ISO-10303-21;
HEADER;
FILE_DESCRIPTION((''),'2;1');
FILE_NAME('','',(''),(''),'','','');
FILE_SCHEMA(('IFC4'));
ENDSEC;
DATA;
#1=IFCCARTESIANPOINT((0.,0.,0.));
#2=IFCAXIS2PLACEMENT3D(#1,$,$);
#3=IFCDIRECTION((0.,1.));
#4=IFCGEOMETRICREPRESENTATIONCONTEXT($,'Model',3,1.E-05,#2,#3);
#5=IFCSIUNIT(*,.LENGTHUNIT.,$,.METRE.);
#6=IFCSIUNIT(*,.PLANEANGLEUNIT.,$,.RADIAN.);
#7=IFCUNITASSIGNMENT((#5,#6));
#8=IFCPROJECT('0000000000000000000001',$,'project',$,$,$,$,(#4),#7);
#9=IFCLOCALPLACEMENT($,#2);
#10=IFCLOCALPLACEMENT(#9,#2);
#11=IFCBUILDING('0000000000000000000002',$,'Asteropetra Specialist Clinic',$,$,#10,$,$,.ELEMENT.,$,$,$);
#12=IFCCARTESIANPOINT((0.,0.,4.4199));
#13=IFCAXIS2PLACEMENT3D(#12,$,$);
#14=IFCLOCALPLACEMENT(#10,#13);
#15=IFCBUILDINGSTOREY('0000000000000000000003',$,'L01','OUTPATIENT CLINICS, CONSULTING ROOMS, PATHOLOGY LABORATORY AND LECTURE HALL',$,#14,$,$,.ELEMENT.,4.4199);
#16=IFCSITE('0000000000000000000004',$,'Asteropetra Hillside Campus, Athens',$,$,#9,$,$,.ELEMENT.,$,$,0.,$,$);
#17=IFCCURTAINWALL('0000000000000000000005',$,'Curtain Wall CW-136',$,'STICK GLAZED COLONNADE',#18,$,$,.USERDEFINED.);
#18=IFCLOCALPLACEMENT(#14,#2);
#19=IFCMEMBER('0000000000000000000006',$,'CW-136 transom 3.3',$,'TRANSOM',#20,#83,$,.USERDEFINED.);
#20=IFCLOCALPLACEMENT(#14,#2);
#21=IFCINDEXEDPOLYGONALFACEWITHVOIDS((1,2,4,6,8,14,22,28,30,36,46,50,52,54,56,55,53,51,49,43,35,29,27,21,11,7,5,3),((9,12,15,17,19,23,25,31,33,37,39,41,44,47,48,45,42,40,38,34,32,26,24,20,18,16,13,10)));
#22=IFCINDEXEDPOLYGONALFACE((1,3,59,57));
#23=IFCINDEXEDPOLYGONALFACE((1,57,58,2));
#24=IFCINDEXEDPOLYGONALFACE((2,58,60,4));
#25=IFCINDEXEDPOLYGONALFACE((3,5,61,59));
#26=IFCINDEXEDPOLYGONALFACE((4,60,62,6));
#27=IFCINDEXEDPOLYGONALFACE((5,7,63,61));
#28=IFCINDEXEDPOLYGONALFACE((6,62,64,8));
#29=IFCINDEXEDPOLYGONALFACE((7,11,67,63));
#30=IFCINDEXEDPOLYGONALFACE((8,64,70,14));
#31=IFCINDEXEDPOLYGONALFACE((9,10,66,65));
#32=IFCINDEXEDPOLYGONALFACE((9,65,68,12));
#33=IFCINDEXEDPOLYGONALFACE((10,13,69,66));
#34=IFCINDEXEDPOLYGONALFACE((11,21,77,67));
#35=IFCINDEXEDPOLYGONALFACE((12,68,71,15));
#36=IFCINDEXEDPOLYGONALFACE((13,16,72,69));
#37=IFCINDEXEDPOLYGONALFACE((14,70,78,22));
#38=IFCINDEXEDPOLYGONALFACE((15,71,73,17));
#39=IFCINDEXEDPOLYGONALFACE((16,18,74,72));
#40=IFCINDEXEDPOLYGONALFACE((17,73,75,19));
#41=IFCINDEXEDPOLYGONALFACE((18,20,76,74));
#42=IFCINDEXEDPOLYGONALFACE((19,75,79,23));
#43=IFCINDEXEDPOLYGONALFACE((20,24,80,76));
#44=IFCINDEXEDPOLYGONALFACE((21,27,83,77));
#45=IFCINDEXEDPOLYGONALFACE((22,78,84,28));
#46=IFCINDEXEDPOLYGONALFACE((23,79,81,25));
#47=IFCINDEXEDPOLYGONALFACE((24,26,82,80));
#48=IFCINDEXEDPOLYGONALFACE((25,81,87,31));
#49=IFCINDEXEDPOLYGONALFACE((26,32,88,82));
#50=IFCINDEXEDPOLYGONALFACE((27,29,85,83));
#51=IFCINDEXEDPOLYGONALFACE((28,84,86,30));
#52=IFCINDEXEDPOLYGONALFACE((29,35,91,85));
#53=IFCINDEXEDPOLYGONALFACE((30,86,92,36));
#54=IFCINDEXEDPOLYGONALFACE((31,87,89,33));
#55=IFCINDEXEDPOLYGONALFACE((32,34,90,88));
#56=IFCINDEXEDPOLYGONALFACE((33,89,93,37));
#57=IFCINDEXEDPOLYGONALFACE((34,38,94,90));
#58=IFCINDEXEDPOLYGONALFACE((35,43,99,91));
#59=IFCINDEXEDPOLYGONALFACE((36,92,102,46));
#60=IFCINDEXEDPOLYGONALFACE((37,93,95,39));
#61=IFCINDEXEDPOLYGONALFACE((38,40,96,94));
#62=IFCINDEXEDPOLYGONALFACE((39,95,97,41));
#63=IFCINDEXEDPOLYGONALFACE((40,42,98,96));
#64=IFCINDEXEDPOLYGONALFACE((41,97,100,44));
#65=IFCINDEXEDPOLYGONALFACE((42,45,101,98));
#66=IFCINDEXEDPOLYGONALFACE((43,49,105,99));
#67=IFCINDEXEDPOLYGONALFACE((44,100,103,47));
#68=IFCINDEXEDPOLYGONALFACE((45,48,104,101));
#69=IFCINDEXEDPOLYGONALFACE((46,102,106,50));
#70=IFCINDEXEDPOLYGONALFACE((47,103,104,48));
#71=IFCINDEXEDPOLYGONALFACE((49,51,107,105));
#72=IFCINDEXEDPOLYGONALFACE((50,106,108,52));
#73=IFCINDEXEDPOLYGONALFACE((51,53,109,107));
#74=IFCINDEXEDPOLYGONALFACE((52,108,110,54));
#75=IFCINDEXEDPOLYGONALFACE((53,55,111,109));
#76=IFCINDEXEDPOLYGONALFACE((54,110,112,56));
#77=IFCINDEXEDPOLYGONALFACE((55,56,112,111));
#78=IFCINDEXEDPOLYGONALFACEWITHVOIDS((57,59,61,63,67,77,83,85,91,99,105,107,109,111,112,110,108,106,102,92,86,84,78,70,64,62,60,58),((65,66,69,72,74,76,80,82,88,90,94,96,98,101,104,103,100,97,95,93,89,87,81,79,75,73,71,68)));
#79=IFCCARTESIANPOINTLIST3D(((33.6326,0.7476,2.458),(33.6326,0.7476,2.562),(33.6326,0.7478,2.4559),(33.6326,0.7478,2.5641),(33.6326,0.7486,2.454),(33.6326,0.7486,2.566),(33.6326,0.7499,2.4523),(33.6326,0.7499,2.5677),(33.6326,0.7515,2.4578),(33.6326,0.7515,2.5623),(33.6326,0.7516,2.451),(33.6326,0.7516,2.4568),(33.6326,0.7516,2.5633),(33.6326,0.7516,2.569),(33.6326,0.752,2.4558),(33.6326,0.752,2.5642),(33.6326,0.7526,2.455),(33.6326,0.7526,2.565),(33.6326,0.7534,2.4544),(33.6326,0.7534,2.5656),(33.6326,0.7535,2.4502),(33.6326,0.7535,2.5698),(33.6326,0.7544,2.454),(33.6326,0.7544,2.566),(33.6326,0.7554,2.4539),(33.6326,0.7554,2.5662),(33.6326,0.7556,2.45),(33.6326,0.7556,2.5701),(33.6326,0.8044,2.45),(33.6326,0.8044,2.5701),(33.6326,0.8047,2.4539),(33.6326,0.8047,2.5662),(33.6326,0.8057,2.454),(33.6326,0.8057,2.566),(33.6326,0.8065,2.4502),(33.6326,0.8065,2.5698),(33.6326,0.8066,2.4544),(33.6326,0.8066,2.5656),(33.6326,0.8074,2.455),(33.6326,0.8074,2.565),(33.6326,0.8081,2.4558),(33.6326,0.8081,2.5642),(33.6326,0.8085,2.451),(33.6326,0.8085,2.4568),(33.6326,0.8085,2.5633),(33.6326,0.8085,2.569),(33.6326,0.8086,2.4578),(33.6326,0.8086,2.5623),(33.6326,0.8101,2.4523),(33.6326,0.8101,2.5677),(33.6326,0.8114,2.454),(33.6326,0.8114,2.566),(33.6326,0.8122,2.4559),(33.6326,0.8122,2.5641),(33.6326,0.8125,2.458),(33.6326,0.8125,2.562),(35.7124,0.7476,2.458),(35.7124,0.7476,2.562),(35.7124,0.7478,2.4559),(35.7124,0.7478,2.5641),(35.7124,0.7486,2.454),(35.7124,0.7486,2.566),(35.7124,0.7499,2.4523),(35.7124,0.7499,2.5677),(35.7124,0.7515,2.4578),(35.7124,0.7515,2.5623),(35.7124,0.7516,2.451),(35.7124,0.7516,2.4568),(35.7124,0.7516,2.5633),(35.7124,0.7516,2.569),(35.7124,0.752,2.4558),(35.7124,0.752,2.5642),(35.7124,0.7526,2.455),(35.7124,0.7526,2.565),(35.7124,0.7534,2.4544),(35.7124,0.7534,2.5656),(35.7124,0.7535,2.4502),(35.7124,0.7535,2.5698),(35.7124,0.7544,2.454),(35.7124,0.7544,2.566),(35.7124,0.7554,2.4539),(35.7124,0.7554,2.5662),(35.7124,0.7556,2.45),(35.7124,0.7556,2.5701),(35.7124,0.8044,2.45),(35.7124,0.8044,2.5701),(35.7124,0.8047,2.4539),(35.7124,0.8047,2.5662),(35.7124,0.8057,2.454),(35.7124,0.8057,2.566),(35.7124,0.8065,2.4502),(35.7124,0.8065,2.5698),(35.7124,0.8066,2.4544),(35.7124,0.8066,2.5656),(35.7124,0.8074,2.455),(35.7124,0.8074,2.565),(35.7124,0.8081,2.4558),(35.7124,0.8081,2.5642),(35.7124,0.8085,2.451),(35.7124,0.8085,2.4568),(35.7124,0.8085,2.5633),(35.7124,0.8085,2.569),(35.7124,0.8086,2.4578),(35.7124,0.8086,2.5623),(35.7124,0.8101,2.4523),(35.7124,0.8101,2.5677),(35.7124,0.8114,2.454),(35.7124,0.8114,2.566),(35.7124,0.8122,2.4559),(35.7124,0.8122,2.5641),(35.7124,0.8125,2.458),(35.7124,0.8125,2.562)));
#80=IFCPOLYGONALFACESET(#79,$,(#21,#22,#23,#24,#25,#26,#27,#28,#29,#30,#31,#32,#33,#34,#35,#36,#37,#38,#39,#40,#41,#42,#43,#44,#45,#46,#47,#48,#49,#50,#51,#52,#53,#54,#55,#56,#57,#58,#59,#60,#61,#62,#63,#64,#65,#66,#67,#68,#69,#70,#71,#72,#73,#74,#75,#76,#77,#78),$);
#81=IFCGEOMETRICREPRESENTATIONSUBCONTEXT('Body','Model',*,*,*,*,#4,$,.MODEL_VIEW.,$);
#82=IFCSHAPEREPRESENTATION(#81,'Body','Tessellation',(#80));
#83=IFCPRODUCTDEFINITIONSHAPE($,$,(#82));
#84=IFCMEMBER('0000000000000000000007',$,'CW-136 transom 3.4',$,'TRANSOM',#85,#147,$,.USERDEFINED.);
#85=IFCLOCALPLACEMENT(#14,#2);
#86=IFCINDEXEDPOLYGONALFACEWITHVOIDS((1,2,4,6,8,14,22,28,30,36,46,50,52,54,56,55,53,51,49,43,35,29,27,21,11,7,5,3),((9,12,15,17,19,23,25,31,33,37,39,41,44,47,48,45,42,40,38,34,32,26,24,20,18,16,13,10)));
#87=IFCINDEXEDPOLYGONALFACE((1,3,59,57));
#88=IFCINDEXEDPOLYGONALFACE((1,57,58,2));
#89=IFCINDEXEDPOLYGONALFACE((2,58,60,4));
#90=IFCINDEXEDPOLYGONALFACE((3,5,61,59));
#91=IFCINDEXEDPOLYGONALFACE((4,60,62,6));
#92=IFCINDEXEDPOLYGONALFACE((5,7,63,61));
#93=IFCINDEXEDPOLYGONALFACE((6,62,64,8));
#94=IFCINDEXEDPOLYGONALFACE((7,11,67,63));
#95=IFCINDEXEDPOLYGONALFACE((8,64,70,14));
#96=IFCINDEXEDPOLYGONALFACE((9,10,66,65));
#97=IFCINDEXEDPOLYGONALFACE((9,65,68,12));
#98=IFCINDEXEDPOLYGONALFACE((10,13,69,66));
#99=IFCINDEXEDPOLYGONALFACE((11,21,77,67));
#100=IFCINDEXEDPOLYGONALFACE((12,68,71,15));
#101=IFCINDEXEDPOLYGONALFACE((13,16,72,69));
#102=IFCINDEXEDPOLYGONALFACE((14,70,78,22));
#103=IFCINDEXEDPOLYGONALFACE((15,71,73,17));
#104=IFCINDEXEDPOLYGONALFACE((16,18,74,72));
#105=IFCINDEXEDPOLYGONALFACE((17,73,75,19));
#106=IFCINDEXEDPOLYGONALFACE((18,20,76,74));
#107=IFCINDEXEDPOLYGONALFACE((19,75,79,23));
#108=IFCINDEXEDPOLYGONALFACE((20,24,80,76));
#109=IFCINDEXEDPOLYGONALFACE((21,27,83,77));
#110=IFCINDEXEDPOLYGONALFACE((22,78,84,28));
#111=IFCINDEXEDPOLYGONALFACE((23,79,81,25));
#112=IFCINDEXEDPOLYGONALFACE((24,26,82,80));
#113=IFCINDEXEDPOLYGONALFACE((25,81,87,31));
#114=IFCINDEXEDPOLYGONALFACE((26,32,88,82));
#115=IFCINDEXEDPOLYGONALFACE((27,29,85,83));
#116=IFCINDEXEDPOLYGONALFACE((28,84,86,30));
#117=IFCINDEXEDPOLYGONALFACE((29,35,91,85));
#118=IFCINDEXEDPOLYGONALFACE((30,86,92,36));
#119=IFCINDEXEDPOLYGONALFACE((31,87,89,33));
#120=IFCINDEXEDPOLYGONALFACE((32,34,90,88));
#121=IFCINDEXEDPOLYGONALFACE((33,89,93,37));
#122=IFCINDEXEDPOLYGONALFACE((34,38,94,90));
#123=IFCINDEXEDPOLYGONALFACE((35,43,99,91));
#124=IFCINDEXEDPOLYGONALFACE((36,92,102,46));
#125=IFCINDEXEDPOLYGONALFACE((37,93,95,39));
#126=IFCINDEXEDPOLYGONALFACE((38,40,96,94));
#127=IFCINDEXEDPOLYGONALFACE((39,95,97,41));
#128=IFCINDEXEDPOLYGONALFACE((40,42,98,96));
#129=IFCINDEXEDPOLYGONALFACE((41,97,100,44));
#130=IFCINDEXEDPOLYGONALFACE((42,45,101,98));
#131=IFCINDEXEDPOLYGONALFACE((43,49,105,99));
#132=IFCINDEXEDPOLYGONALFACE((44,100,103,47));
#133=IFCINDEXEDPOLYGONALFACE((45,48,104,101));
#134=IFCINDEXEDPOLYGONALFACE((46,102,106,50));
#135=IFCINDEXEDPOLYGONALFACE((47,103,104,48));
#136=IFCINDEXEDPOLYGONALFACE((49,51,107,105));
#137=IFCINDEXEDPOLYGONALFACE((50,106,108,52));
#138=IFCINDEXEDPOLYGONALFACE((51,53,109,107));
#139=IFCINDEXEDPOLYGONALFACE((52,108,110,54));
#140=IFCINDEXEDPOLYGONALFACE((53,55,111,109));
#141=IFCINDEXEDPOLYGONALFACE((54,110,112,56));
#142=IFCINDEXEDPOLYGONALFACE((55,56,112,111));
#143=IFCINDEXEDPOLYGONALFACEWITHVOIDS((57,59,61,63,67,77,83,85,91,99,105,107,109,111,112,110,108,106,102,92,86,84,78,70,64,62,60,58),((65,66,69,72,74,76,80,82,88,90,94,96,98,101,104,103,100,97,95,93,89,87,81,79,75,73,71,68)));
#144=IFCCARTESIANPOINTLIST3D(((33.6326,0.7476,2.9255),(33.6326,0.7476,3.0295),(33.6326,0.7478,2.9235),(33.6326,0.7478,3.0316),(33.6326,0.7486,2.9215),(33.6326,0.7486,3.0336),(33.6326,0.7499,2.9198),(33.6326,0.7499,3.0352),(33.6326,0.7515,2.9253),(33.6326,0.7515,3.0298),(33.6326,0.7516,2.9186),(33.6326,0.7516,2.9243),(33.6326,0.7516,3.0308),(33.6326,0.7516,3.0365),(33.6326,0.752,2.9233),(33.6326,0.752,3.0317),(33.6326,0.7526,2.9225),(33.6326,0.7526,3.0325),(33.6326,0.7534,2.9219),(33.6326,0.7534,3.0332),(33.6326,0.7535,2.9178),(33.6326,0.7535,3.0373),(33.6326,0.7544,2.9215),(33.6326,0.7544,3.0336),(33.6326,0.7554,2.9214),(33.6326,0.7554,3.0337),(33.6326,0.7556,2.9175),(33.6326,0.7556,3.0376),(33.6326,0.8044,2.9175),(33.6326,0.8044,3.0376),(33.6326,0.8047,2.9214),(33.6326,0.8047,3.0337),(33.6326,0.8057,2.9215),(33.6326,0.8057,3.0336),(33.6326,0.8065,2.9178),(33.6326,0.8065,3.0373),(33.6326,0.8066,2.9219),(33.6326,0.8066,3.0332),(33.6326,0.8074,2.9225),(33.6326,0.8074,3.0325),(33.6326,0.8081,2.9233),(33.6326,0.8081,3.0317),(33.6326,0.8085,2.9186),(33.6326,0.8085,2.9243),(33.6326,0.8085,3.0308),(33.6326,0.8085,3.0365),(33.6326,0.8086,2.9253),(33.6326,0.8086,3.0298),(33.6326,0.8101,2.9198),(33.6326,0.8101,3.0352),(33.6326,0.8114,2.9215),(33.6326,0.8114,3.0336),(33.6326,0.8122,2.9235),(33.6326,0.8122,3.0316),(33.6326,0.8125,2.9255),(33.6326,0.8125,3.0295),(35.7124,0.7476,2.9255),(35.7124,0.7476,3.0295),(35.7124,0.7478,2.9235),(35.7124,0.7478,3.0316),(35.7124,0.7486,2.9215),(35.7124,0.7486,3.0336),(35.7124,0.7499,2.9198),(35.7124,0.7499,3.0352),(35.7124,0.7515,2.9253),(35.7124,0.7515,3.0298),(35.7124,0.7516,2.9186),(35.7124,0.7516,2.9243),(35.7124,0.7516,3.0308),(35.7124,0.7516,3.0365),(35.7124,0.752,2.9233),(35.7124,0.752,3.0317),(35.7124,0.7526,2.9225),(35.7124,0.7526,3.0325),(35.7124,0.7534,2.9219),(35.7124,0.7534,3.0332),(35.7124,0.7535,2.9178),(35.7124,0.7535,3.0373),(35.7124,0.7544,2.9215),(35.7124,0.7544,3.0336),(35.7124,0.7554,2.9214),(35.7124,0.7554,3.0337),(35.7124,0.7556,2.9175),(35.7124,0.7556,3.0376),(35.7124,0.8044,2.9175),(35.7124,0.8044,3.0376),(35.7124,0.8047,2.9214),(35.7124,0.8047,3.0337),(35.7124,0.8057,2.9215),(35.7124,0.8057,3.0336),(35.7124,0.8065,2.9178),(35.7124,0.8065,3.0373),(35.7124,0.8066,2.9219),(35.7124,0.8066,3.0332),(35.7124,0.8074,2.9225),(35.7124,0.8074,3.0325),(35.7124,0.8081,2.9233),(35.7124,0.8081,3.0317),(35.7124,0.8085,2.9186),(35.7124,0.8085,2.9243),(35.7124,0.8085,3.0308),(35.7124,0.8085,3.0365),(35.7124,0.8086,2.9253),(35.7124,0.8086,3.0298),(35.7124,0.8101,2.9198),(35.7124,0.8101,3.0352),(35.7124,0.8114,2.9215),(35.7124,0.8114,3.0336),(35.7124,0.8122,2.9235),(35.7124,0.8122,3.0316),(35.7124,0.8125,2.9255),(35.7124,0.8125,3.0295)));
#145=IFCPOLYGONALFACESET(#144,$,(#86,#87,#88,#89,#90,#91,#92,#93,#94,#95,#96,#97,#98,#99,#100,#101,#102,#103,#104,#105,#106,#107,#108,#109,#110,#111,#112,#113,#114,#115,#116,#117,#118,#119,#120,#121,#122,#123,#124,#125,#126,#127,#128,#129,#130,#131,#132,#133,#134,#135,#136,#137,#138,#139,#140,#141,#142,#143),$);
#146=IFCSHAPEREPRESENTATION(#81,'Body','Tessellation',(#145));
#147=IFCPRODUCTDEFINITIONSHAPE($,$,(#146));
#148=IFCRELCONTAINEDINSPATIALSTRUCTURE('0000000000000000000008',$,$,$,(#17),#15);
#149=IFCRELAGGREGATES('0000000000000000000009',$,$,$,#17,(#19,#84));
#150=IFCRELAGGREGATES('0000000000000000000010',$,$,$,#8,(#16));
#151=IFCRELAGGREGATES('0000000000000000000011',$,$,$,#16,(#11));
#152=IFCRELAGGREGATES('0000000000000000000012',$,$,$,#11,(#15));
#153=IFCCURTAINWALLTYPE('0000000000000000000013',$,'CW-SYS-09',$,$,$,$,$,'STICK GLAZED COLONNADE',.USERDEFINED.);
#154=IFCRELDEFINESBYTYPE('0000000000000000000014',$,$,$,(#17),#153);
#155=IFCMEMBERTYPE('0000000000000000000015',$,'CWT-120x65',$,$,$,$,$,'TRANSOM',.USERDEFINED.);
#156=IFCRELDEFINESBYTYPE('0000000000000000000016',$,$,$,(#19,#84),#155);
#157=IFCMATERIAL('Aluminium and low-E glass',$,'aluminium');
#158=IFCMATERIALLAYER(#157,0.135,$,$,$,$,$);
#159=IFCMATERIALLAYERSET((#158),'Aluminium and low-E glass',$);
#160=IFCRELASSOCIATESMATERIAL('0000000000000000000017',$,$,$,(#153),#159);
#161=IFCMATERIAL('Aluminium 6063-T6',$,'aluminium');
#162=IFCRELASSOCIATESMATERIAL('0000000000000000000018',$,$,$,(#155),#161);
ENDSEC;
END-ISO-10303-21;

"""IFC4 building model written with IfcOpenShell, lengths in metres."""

from ifc_helpers import new_model, si_unit, direction, frame, origin, origin_2d, place, context, subcontext, project, spatial, hollow_rectangle, extrude, material, layer, layer_set, material_profile, profile_set, type_object, element, aggregate, save


model = new_model("IFC4")

# Units and contexts
model_context = context("Model", 3, precision=1e-05, world=origin(), true_north=direction((0.0, 1.0)))
body_context = subcontext(model_context, "Body", "Model", "MODEL_VIEW")
ifc_project = project(units=[si_unit("LENGTHUNIT", "METRE"), si_unit("PLANEANGLEUNIT", "RADIAN")], contexts=[model_context])

# Site, building, storey
site_placement = place(None, origin())
site = spatial("IfcSite", under=ifc_project, at=site_placement, Name="Asteropetra Hillside Campus, Athens", CompositionType="ELEMENT", RefElevation=0.0)
building_placement = place(site_placement, origin())
building = spatial("IfcBuilding", under=site, at=building_placement, Name="Asteropetra Specialist Clinic", CompositionType="ELEMENT")
storey_placement = place(building_placement, frame((0.0, 0.0, 4.4199)))
storey = spatial("IfcBuildingStorey", under=building, at=storey_placement, Name="L01", Description="OUTPATIENT CLINICS, CONSULTING ROOMS, PATHOLOGY LABORATORY AND LECTURE HALL", CompositionType="ELEMENT", Elevation=4.4199)

# Curtain wall, members
ifc_material_1 = material(Name="Aluminium and low-E glass", Category="aluminium")
ifc_layer_1 = layer(ifc_material_1, 0.135)
ifc_layer_set_1 = layer_set([ifc_layer_1], Name="Aluminium and low-E glass")
curtain_wall_type = type_object("IfcCurtainWallType", Name="CW-SYS-09", ElementType="STICK GLAZED COLONNADE", PredefinedType="USERDEFINED", material=ifc_layer_set_1)
curtain_wall_placement = place(storey_placement, origin())
curtain_wall = element("IfcCurtainWall", 1, at=curtain_wall_placement, inside=storey, type_object=curtain_wall_type, Name="Curtain Wall CW-136", ObjectType="STICK GLAZED COLONNADE", PredefinedType="USERDEFINED")
ifc_material_2 = material(Name="Aluminium 6063-T6", Category="aluminium")
ifc_material_profile_1 = material_profile(ifc_material_2, hollow_rectangle(XDim=0.0649, YDim=0.1201, WallThickness=0.0039, InnerFilletRadius=0.0039, OuterFilletRadius=0.0081, at=origin_2d()), Name="TRN 120x65x4.0")
ifc_profile_set_1 = profile_set([ifc_material_profile_1], Name="Aluminium 6063-T6")
member_type_1 = type_object("IfcMemberType", Name="CWT-120x65", ElementType="TRANSOM", PredefinedType="USERDEFINED", material=ifc_profile_set_1)
member_1_placement = place(storey_placement, frame((33.6326, 0.78, 2.51), z_axis=(1.0, 0.0, 0.0), x_axis=(0.0, 1.0, 0.0)))
member_1 = element("IfcMember", 2, at=member_1_placement, type_object=member_type_1, Name="CW-136 transom 3.3", ObjectType="TRANSOM", PredefinedType="USERDEFINED", context=body_context, shape_type="SweptSolid", body=[
    extrude(hollow_rectangle(XDim=0.0649, YDim=0.1201, WallThickness=0.0039, InnerFilletRadius=0.0039, OuterFilletRadius=0.0081, at=origin_2d()), origin(), (0.0, 0.0, 1.0), 2.0798),
])
member_2_placement = place(storey_placement, frame((33.6326, 0.78, 2.9775), z_axis=(1.0, 0.0, 0.0), x_axis=(0.0, 1.0, 0.0)))
member_2 = element("IfcMember", 3, at=member_2_placement, type_object=member_type_1, Name="CW-136 transom 3.4", ObjectType="TRANSOM", PredefinedType="USERDEFINED", context=body_context, shape_type="SweptSolid", body=[
    extrude(hollow_rectangle(XDim=0.0649, YDim=0.1201, WallThickness=0.0039, InnerFilletRadius=0.0039, OuterFilletRadius=0.0081, at=origin_2d()), origin(), (0.0, 0.0, 1.0), 2.0798),
])

aggregate(curtain_wall, [member_1, member_2])

save(model, "model.ifc")
